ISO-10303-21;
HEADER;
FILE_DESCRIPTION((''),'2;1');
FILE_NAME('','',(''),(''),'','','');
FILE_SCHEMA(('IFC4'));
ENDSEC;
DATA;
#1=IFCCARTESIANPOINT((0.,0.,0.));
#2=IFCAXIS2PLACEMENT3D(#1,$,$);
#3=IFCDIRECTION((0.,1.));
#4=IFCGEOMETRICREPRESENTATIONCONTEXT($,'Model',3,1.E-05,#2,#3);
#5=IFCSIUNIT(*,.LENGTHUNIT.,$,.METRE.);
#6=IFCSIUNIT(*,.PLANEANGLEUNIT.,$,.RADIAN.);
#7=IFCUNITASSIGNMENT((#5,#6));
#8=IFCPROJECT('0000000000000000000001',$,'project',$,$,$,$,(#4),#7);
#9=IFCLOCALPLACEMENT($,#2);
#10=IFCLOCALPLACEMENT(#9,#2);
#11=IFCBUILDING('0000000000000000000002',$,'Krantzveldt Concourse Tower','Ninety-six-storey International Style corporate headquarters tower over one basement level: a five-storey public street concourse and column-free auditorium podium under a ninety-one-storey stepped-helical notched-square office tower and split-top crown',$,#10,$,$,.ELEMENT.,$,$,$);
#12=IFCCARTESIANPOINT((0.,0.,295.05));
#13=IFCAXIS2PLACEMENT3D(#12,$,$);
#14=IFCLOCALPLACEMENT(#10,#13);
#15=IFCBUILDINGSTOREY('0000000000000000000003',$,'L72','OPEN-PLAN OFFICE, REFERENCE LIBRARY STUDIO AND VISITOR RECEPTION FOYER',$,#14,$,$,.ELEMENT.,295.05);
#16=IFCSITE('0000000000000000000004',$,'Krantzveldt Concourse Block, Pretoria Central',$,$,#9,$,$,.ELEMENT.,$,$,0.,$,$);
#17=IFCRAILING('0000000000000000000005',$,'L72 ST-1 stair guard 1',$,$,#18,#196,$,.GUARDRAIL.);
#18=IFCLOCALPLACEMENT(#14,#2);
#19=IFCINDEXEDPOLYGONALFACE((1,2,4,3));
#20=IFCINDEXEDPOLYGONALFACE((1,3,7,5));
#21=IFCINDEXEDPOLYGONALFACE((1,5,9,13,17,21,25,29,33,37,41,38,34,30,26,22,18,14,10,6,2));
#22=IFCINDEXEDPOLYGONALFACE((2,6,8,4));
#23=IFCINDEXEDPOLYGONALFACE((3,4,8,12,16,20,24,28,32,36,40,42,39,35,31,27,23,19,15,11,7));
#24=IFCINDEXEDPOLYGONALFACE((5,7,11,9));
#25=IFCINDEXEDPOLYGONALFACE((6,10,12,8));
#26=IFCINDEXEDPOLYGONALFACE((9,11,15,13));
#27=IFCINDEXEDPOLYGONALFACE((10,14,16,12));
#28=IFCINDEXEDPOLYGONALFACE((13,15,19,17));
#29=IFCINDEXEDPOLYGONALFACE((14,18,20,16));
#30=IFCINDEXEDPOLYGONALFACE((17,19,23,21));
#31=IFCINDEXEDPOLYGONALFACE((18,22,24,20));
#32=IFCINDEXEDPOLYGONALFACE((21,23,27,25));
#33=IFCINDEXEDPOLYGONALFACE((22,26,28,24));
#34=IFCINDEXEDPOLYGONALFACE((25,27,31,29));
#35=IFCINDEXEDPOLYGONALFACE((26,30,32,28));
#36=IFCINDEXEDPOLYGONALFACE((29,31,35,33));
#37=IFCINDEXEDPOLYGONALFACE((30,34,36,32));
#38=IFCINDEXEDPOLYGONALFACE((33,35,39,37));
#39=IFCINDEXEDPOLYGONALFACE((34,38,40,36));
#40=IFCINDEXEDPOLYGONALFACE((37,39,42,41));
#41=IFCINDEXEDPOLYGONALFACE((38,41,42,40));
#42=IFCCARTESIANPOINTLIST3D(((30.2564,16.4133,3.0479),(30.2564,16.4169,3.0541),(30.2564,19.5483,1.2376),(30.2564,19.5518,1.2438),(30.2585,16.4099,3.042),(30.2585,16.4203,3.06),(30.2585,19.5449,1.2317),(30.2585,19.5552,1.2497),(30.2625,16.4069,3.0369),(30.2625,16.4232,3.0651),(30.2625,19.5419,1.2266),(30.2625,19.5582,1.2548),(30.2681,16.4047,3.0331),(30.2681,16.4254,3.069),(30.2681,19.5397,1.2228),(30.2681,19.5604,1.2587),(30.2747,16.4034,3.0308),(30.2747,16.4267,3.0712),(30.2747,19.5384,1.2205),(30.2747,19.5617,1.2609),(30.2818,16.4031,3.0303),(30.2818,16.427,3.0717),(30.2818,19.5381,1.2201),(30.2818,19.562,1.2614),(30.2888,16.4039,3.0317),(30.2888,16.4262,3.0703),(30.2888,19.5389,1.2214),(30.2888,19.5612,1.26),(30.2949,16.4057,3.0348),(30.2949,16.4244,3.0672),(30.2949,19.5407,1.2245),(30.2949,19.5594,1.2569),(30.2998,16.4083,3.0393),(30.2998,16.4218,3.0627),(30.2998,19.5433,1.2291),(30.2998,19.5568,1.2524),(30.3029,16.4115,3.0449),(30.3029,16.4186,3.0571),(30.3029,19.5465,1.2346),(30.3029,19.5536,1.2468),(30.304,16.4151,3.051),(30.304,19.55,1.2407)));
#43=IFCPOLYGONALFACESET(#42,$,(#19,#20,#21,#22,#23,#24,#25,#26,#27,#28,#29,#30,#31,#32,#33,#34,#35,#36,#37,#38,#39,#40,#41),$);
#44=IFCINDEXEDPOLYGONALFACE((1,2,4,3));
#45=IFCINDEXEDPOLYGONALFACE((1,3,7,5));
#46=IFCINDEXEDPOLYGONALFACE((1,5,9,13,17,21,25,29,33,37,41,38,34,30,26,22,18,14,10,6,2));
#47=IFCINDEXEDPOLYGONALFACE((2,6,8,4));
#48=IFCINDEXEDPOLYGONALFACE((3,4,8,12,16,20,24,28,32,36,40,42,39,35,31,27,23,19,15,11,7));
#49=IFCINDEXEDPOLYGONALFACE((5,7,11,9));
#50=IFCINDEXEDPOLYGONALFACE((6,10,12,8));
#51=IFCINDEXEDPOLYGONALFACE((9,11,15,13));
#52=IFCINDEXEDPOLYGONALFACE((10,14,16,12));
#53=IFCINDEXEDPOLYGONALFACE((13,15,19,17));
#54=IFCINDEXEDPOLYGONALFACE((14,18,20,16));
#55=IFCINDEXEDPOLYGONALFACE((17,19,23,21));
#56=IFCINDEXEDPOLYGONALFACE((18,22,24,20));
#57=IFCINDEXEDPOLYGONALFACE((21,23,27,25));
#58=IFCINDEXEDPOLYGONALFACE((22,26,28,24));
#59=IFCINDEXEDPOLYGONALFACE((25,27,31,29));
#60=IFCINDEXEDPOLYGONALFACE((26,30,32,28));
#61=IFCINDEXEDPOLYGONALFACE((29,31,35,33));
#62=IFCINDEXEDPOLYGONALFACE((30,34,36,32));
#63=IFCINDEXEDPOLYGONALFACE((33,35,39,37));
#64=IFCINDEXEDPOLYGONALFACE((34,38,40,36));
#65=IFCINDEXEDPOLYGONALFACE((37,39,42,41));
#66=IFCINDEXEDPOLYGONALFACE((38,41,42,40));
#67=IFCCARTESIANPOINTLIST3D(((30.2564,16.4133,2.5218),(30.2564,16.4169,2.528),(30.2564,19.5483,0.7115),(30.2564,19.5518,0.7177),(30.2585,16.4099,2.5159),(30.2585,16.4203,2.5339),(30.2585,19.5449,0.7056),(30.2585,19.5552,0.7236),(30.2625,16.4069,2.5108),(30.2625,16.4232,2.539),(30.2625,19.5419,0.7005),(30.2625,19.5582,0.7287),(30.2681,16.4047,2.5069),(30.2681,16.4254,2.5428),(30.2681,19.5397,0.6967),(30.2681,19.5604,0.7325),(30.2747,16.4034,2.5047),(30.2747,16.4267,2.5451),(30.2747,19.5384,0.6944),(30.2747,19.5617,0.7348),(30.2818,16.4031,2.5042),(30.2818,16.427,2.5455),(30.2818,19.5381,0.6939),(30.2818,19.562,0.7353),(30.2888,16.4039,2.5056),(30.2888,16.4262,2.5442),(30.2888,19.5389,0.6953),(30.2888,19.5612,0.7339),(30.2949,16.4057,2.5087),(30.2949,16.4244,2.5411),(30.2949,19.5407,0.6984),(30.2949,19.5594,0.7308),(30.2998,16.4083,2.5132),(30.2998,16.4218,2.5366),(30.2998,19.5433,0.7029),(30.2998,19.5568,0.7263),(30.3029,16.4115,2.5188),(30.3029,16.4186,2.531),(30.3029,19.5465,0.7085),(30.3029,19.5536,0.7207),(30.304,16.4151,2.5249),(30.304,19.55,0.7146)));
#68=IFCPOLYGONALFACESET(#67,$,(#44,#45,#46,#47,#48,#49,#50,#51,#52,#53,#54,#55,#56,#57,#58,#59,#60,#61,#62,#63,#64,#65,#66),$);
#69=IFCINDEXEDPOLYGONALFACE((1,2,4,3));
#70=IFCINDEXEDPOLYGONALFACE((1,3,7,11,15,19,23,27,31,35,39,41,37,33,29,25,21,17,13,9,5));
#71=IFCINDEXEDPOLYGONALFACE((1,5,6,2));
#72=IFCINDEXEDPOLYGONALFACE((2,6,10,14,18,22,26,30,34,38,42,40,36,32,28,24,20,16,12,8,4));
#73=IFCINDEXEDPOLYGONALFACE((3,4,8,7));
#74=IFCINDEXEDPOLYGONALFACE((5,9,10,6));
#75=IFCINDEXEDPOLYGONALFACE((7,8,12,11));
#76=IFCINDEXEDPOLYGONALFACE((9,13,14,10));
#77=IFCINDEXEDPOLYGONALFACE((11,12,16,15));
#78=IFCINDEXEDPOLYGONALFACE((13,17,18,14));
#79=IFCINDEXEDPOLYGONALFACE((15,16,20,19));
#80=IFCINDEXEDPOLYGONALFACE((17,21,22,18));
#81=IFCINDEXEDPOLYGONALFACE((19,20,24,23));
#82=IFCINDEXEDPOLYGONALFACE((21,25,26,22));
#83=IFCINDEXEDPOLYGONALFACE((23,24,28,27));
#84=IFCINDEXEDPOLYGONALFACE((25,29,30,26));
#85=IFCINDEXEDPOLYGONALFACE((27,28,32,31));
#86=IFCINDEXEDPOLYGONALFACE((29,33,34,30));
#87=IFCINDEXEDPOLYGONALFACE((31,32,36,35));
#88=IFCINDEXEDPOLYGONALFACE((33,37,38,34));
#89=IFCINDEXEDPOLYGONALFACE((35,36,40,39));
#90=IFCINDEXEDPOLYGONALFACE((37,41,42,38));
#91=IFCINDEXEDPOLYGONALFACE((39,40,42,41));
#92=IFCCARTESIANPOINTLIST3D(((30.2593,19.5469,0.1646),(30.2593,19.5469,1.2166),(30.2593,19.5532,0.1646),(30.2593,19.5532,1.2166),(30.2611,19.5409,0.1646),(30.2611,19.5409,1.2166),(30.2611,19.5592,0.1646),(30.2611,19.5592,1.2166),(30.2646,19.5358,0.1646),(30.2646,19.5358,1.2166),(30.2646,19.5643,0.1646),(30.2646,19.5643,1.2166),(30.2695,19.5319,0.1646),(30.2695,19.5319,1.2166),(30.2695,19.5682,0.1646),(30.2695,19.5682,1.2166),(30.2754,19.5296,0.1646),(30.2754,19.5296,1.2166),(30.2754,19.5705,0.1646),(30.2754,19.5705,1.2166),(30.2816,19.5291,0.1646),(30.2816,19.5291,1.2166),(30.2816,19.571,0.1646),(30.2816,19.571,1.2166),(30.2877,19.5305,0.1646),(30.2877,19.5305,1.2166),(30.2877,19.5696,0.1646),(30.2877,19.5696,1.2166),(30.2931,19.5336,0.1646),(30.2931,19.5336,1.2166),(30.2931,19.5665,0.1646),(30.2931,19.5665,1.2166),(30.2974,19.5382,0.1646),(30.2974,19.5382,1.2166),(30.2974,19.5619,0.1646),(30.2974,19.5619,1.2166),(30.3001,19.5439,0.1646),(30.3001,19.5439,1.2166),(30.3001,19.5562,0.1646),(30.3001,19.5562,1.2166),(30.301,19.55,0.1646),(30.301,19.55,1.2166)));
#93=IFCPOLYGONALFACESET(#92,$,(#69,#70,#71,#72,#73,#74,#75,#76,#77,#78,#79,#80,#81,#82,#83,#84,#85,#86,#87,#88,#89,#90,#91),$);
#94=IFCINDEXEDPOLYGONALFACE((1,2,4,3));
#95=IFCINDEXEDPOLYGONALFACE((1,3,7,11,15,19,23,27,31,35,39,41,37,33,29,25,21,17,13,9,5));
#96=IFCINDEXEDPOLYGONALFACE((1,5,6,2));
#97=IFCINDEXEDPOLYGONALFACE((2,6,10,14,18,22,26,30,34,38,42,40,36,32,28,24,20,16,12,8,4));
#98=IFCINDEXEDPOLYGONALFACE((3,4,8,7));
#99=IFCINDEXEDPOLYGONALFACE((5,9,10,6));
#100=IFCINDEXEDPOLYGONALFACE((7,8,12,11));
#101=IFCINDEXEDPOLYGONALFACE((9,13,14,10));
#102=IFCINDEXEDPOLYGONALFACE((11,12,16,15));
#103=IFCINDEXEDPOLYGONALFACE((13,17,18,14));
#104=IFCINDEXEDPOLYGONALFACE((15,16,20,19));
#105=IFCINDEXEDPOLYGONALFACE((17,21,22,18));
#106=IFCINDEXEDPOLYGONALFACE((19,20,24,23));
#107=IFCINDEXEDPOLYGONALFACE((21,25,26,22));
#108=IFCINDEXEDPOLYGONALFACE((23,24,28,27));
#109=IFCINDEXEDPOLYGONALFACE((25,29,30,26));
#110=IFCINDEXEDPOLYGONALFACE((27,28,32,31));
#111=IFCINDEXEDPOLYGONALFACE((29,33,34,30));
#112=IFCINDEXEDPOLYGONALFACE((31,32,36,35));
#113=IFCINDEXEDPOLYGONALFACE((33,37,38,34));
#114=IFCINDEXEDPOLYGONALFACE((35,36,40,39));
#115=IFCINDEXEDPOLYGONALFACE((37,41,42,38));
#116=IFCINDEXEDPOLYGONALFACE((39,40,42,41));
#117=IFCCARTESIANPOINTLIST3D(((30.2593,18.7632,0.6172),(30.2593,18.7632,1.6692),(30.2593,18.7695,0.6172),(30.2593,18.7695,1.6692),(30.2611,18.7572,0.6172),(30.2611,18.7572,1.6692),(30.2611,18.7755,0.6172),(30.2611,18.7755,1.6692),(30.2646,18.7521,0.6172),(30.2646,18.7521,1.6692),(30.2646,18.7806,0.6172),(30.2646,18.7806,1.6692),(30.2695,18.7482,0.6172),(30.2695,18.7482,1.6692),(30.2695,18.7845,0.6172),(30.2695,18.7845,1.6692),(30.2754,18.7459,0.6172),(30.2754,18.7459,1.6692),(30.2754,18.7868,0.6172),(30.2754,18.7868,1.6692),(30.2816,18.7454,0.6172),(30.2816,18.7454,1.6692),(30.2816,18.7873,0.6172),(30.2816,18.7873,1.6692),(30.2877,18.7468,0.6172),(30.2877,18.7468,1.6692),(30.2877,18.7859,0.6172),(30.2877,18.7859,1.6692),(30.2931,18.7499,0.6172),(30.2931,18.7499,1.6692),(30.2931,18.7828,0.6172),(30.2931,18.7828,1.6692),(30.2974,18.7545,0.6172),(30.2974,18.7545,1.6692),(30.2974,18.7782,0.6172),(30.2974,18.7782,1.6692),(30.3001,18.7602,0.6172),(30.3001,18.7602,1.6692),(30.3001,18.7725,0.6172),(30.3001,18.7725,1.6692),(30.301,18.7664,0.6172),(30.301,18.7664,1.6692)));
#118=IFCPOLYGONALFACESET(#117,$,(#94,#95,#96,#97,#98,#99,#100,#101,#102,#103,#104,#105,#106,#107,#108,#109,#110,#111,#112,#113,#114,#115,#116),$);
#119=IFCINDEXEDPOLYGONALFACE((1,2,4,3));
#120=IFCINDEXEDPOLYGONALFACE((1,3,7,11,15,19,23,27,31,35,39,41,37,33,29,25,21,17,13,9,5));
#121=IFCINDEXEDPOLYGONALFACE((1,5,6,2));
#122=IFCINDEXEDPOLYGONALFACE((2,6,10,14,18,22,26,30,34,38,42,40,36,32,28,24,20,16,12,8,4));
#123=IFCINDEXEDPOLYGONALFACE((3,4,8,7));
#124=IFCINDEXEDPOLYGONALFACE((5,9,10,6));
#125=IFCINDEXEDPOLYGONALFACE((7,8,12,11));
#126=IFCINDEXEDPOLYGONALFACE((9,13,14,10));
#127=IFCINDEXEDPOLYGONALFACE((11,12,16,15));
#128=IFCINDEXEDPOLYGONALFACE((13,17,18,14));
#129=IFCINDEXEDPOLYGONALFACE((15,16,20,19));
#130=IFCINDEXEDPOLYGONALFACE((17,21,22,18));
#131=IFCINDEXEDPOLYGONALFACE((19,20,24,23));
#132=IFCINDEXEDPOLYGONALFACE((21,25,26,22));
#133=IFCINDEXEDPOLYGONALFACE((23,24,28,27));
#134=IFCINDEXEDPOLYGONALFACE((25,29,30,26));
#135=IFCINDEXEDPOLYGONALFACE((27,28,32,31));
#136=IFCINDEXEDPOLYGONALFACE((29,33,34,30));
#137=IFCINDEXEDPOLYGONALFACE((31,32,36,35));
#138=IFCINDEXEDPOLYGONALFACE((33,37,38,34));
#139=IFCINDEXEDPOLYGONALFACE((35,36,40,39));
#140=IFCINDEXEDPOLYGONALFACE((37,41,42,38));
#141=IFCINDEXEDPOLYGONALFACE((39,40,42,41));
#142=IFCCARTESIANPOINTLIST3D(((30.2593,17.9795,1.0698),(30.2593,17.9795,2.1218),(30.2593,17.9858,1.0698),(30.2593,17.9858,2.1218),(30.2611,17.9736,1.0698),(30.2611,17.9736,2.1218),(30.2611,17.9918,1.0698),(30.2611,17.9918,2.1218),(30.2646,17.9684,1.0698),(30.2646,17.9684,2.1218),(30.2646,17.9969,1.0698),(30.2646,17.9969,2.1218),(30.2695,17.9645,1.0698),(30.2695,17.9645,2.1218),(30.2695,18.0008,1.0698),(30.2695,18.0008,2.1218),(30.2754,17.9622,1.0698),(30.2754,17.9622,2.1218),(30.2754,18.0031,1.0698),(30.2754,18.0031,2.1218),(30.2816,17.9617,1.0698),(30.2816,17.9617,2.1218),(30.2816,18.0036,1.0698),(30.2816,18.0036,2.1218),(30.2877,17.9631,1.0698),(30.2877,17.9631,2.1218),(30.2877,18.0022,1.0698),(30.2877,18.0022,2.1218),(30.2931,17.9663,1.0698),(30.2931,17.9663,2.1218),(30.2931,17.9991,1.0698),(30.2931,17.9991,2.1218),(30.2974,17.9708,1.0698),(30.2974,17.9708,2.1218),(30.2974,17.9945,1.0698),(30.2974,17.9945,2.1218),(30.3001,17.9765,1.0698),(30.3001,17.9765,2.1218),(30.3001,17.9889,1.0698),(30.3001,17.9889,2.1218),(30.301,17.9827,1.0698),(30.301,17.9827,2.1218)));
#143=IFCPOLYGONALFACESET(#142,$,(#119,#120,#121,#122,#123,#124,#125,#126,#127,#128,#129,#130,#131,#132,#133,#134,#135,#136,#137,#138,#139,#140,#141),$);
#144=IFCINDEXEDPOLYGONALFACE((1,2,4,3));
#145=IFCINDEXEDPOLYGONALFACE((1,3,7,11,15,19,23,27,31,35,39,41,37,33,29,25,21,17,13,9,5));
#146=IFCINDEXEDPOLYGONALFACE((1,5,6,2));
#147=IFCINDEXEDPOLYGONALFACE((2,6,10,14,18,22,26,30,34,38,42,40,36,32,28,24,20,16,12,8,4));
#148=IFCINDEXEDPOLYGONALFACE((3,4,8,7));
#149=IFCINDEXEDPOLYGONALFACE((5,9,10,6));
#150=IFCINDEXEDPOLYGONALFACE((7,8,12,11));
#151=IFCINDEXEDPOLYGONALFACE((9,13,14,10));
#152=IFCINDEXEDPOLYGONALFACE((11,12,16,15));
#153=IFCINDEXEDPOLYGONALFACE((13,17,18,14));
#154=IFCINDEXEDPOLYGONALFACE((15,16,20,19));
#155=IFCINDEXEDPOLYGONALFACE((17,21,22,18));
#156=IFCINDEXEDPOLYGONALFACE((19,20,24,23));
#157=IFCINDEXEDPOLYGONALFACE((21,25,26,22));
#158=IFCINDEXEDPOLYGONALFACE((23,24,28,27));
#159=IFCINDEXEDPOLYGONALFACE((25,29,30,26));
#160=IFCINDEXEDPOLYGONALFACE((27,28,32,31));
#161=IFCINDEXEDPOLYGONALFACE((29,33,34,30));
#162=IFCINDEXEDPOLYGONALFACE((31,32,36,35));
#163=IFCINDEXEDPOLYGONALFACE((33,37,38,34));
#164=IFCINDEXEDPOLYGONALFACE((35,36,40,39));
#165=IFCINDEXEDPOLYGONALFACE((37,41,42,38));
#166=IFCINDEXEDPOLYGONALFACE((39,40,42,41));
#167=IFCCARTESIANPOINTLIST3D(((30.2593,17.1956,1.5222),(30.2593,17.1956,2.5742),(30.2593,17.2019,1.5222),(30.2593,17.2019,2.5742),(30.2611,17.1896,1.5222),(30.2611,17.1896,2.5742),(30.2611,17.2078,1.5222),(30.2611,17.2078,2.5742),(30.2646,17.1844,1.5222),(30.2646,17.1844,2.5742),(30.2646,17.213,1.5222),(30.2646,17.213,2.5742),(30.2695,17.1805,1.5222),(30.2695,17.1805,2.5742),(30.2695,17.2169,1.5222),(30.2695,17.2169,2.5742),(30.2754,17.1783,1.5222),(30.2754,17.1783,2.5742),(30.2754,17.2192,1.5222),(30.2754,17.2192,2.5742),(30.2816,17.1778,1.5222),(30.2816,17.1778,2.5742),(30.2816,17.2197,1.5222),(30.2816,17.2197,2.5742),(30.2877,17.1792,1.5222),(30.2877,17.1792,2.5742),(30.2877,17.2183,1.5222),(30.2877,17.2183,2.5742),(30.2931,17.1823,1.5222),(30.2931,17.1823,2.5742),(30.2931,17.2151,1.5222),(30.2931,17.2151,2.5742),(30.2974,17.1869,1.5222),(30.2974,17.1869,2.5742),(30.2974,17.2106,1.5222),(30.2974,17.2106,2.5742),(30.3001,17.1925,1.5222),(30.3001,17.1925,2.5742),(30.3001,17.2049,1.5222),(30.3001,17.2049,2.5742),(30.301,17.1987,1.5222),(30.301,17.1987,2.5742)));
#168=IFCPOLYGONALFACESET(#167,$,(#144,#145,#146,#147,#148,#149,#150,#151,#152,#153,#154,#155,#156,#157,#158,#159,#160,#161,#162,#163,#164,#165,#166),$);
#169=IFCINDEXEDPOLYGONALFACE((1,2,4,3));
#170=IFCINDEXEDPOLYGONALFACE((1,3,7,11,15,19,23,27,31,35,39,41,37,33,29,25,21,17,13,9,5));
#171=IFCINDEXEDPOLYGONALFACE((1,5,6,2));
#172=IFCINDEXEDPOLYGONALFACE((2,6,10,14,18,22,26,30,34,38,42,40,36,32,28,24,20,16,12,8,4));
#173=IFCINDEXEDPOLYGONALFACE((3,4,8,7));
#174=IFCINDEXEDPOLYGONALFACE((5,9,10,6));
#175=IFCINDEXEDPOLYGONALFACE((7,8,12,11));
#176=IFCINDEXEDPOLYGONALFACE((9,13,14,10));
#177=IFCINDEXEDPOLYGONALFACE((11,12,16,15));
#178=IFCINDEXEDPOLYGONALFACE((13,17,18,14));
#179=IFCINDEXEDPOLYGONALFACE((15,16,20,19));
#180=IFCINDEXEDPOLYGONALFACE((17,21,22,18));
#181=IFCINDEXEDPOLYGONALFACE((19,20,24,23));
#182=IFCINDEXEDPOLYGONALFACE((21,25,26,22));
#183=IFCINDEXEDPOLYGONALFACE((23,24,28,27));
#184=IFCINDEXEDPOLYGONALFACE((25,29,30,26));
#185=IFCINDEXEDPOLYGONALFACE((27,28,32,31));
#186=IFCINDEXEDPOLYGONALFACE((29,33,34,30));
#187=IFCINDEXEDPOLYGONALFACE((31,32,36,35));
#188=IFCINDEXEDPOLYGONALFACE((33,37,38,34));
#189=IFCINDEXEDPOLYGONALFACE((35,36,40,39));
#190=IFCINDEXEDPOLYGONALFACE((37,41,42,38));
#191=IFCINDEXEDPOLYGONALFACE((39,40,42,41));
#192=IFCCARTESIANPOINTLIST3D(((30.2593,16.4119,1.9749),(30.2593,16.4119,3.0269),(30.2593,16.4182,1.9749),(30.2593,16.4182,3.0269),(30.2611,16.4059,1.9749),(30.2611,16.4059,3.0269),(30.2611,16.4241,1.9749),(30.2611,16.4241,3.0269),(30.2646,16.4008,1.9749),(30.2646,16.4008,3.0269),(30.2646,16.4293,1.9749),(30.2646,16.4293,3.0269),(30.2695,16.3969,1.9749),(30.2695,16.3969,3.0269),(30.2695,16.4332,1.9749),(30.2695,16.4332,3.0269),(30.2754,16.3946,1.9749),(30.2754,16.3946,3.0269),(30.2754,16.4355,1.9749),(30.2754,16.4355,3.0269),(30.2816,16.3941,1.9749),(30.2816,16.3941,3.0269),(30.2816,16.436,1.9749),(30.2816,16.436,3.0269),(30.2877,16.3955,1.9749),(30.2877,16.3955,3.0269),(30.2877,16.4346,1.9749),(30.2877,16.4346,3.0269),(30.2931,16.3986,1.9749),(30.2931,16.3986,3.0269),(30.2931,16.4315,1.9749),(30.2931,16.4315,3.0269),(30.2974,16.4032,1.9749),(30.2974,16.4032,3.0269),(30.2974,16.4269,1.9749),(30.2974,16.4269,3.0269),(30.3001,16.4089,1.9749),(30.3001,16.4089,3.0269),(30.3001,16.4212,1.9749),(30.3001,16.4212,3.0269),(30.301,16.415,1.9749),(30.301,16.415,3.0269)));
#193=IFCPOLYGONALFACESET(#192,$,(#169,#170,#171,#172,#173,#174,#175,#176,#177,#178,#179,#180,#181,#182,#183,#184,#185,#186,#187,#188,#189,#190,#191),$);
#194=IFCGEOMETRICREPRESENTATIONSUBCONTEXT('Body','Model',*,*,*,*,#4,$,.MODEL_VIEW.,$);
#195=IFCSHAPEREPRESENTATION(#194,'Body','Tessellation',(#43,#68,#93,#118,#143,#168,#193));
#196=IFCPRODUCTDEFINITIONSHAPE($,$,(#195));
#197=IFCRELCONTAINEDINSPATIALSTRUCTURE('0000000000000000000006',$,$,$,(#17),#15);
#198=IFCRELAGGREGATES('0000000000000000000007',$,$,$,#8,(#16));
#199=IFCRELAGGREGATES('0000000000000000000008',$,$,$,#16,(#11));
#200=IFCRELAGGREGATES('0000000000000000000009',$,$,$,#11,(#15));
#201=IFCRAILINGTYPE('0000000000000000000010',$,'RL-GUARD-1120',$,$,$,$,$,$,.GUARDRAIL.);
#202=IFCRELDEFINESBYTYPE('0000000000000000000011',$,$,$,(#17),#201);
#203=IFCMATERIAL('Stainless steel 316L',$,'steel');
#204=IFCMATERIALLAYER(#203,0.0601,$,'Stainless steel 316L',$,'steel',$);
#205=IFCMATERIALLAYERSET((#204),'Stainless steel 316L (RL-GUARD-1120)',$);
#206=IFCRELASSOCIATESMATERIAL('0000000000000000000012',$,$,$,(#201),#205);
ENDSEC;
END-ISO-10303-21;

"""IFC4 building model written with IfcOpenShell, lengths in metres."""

from ifc_helpers import new_model, si_unit, direction, frame, origin, origin_2d, place, context, subcontext, project, spatial, circle, extrude, material, layer, layer_set, type_object, element, save


model = new_model("IFC4")

# Units and contexts
model_context = context("Model", 3, precision=1e-05, world=origin(), true_north=direction((0.0, 1.0)))
body_context = subcontext(model_context, "Body", "Model", "MODEL_VIEW")
ifc_project = project(units=[si_unit("LENGTHUNIT", "METRE"), si_unit("PLANEANGLEUNIT", "RADIAN")], contexts=[model_context])

# Site, building, storey
site_placement = place(None, origin())
site = spatial("IfcSite", under=ifc_project, at=site_placement, Name="Krantzveldt Concourse Block, Pretoria Central", CompositionType="ELEMENT", RefElevation=0.0)
building_placement = place(site_placement, origin())
building = spatial("IfcBuilding", under=site, at=building_placement, Name="Krantzveldt Concourse Tower", Description="Ninety-six-storey International Style corporate headquarters tower over one basement level: a five-storey public street concourse and column-free auditorium podium under a ninety-one-storey stepped-helical notched-square office tower and split-top crown", CompositionType="ELEMENT")
storey_placement = place(building_placement, frame((0.0, 0.0, 295.05)))
storey = spatial("IfcBuildingStorey", under=building, at=storey_placement, Name="L72", Description="OPEN-PLAN OFFICE, REFERENCE LIBRARY STUDIO AND VISITOR RECEPTION FOYER", CompositionType="ELEMENT", Elevation=295.05)

# Shared definitions
ifc_material_1 = material(Name="Stainless steel 316L", Category="steel")

# Railing
ifc_layer_1 = layer(ifc_material_1, 0.0601, Name="Stainless steel 316L", Category="steel")
ifc_layer_set_1 = layer_set([ifc_layer_1], Name="Stainless steel 316L (RL-GUARD-1120)")
railing_type_1 = type_object("IfcRailingType", Name="RL-GUARD-1120", PredefinedType="GUARDRAIL", material=ifc_layer_set_1)
railing_1_placement = place(storey_placement, frame((30.28, 19.55, 0.1646)))
element("IfcRailing", 1, at=railing_1_placement, inside=storey, type_object=railing_type_1, Name="L72 ST-1 stair guard 1", PredefinedType="GUARDRAIL", context=body_context, shape_type="SweptSolid", body=[
    extrude(circle(Radius=0.0239, at=origin_2d()), frame((0.0, 0.0, 1.0762), z_axis=(0.0, -0.865989, 0.500063), x_axis=(1.0, 0.0, 0.0)), (0.0, 0.0, 1.0), 3.6201),
    extrude(circle(Radius=0.0239, at=origin_2d()), frame((0.0, 0.0, 0.55), z_axis=(0.0, -0.865989, 0.500063), x_axis=(1.0, 0.0, 0.0)), (0.0, 0.0, 1.0), 3.6201),
    extrude(circle(Radius=0.021, at=origin_2d()), origin(), (0.0, 0.0, 1.0), 1.052),
    extrude(circle(Radius=0.021, at=origin_2d()), frame((0.0, -0.7837, 0.4526)), (0.0, 0.0, 1.0), 1.052),
    extrude(circle(Radius=0.021, at=origin_2d()), frame((0.0, -1.5674, 0.9053)), (0.0, 0.0, 1.0), 1.052),
    extrude(circle(Radius=0.021, at=origin_2d()), frame((0.0, -2.3513, 1.3577)), (0.0, 0.0, 1.0), 1.052),
    extrude(circle(Radius=0.021, at=origin_2d()), frame((0.0, -3.135, 1.8103)), (0.0, 0.0, 1.0), 1.052),
])

save(model, "model.ifc")
